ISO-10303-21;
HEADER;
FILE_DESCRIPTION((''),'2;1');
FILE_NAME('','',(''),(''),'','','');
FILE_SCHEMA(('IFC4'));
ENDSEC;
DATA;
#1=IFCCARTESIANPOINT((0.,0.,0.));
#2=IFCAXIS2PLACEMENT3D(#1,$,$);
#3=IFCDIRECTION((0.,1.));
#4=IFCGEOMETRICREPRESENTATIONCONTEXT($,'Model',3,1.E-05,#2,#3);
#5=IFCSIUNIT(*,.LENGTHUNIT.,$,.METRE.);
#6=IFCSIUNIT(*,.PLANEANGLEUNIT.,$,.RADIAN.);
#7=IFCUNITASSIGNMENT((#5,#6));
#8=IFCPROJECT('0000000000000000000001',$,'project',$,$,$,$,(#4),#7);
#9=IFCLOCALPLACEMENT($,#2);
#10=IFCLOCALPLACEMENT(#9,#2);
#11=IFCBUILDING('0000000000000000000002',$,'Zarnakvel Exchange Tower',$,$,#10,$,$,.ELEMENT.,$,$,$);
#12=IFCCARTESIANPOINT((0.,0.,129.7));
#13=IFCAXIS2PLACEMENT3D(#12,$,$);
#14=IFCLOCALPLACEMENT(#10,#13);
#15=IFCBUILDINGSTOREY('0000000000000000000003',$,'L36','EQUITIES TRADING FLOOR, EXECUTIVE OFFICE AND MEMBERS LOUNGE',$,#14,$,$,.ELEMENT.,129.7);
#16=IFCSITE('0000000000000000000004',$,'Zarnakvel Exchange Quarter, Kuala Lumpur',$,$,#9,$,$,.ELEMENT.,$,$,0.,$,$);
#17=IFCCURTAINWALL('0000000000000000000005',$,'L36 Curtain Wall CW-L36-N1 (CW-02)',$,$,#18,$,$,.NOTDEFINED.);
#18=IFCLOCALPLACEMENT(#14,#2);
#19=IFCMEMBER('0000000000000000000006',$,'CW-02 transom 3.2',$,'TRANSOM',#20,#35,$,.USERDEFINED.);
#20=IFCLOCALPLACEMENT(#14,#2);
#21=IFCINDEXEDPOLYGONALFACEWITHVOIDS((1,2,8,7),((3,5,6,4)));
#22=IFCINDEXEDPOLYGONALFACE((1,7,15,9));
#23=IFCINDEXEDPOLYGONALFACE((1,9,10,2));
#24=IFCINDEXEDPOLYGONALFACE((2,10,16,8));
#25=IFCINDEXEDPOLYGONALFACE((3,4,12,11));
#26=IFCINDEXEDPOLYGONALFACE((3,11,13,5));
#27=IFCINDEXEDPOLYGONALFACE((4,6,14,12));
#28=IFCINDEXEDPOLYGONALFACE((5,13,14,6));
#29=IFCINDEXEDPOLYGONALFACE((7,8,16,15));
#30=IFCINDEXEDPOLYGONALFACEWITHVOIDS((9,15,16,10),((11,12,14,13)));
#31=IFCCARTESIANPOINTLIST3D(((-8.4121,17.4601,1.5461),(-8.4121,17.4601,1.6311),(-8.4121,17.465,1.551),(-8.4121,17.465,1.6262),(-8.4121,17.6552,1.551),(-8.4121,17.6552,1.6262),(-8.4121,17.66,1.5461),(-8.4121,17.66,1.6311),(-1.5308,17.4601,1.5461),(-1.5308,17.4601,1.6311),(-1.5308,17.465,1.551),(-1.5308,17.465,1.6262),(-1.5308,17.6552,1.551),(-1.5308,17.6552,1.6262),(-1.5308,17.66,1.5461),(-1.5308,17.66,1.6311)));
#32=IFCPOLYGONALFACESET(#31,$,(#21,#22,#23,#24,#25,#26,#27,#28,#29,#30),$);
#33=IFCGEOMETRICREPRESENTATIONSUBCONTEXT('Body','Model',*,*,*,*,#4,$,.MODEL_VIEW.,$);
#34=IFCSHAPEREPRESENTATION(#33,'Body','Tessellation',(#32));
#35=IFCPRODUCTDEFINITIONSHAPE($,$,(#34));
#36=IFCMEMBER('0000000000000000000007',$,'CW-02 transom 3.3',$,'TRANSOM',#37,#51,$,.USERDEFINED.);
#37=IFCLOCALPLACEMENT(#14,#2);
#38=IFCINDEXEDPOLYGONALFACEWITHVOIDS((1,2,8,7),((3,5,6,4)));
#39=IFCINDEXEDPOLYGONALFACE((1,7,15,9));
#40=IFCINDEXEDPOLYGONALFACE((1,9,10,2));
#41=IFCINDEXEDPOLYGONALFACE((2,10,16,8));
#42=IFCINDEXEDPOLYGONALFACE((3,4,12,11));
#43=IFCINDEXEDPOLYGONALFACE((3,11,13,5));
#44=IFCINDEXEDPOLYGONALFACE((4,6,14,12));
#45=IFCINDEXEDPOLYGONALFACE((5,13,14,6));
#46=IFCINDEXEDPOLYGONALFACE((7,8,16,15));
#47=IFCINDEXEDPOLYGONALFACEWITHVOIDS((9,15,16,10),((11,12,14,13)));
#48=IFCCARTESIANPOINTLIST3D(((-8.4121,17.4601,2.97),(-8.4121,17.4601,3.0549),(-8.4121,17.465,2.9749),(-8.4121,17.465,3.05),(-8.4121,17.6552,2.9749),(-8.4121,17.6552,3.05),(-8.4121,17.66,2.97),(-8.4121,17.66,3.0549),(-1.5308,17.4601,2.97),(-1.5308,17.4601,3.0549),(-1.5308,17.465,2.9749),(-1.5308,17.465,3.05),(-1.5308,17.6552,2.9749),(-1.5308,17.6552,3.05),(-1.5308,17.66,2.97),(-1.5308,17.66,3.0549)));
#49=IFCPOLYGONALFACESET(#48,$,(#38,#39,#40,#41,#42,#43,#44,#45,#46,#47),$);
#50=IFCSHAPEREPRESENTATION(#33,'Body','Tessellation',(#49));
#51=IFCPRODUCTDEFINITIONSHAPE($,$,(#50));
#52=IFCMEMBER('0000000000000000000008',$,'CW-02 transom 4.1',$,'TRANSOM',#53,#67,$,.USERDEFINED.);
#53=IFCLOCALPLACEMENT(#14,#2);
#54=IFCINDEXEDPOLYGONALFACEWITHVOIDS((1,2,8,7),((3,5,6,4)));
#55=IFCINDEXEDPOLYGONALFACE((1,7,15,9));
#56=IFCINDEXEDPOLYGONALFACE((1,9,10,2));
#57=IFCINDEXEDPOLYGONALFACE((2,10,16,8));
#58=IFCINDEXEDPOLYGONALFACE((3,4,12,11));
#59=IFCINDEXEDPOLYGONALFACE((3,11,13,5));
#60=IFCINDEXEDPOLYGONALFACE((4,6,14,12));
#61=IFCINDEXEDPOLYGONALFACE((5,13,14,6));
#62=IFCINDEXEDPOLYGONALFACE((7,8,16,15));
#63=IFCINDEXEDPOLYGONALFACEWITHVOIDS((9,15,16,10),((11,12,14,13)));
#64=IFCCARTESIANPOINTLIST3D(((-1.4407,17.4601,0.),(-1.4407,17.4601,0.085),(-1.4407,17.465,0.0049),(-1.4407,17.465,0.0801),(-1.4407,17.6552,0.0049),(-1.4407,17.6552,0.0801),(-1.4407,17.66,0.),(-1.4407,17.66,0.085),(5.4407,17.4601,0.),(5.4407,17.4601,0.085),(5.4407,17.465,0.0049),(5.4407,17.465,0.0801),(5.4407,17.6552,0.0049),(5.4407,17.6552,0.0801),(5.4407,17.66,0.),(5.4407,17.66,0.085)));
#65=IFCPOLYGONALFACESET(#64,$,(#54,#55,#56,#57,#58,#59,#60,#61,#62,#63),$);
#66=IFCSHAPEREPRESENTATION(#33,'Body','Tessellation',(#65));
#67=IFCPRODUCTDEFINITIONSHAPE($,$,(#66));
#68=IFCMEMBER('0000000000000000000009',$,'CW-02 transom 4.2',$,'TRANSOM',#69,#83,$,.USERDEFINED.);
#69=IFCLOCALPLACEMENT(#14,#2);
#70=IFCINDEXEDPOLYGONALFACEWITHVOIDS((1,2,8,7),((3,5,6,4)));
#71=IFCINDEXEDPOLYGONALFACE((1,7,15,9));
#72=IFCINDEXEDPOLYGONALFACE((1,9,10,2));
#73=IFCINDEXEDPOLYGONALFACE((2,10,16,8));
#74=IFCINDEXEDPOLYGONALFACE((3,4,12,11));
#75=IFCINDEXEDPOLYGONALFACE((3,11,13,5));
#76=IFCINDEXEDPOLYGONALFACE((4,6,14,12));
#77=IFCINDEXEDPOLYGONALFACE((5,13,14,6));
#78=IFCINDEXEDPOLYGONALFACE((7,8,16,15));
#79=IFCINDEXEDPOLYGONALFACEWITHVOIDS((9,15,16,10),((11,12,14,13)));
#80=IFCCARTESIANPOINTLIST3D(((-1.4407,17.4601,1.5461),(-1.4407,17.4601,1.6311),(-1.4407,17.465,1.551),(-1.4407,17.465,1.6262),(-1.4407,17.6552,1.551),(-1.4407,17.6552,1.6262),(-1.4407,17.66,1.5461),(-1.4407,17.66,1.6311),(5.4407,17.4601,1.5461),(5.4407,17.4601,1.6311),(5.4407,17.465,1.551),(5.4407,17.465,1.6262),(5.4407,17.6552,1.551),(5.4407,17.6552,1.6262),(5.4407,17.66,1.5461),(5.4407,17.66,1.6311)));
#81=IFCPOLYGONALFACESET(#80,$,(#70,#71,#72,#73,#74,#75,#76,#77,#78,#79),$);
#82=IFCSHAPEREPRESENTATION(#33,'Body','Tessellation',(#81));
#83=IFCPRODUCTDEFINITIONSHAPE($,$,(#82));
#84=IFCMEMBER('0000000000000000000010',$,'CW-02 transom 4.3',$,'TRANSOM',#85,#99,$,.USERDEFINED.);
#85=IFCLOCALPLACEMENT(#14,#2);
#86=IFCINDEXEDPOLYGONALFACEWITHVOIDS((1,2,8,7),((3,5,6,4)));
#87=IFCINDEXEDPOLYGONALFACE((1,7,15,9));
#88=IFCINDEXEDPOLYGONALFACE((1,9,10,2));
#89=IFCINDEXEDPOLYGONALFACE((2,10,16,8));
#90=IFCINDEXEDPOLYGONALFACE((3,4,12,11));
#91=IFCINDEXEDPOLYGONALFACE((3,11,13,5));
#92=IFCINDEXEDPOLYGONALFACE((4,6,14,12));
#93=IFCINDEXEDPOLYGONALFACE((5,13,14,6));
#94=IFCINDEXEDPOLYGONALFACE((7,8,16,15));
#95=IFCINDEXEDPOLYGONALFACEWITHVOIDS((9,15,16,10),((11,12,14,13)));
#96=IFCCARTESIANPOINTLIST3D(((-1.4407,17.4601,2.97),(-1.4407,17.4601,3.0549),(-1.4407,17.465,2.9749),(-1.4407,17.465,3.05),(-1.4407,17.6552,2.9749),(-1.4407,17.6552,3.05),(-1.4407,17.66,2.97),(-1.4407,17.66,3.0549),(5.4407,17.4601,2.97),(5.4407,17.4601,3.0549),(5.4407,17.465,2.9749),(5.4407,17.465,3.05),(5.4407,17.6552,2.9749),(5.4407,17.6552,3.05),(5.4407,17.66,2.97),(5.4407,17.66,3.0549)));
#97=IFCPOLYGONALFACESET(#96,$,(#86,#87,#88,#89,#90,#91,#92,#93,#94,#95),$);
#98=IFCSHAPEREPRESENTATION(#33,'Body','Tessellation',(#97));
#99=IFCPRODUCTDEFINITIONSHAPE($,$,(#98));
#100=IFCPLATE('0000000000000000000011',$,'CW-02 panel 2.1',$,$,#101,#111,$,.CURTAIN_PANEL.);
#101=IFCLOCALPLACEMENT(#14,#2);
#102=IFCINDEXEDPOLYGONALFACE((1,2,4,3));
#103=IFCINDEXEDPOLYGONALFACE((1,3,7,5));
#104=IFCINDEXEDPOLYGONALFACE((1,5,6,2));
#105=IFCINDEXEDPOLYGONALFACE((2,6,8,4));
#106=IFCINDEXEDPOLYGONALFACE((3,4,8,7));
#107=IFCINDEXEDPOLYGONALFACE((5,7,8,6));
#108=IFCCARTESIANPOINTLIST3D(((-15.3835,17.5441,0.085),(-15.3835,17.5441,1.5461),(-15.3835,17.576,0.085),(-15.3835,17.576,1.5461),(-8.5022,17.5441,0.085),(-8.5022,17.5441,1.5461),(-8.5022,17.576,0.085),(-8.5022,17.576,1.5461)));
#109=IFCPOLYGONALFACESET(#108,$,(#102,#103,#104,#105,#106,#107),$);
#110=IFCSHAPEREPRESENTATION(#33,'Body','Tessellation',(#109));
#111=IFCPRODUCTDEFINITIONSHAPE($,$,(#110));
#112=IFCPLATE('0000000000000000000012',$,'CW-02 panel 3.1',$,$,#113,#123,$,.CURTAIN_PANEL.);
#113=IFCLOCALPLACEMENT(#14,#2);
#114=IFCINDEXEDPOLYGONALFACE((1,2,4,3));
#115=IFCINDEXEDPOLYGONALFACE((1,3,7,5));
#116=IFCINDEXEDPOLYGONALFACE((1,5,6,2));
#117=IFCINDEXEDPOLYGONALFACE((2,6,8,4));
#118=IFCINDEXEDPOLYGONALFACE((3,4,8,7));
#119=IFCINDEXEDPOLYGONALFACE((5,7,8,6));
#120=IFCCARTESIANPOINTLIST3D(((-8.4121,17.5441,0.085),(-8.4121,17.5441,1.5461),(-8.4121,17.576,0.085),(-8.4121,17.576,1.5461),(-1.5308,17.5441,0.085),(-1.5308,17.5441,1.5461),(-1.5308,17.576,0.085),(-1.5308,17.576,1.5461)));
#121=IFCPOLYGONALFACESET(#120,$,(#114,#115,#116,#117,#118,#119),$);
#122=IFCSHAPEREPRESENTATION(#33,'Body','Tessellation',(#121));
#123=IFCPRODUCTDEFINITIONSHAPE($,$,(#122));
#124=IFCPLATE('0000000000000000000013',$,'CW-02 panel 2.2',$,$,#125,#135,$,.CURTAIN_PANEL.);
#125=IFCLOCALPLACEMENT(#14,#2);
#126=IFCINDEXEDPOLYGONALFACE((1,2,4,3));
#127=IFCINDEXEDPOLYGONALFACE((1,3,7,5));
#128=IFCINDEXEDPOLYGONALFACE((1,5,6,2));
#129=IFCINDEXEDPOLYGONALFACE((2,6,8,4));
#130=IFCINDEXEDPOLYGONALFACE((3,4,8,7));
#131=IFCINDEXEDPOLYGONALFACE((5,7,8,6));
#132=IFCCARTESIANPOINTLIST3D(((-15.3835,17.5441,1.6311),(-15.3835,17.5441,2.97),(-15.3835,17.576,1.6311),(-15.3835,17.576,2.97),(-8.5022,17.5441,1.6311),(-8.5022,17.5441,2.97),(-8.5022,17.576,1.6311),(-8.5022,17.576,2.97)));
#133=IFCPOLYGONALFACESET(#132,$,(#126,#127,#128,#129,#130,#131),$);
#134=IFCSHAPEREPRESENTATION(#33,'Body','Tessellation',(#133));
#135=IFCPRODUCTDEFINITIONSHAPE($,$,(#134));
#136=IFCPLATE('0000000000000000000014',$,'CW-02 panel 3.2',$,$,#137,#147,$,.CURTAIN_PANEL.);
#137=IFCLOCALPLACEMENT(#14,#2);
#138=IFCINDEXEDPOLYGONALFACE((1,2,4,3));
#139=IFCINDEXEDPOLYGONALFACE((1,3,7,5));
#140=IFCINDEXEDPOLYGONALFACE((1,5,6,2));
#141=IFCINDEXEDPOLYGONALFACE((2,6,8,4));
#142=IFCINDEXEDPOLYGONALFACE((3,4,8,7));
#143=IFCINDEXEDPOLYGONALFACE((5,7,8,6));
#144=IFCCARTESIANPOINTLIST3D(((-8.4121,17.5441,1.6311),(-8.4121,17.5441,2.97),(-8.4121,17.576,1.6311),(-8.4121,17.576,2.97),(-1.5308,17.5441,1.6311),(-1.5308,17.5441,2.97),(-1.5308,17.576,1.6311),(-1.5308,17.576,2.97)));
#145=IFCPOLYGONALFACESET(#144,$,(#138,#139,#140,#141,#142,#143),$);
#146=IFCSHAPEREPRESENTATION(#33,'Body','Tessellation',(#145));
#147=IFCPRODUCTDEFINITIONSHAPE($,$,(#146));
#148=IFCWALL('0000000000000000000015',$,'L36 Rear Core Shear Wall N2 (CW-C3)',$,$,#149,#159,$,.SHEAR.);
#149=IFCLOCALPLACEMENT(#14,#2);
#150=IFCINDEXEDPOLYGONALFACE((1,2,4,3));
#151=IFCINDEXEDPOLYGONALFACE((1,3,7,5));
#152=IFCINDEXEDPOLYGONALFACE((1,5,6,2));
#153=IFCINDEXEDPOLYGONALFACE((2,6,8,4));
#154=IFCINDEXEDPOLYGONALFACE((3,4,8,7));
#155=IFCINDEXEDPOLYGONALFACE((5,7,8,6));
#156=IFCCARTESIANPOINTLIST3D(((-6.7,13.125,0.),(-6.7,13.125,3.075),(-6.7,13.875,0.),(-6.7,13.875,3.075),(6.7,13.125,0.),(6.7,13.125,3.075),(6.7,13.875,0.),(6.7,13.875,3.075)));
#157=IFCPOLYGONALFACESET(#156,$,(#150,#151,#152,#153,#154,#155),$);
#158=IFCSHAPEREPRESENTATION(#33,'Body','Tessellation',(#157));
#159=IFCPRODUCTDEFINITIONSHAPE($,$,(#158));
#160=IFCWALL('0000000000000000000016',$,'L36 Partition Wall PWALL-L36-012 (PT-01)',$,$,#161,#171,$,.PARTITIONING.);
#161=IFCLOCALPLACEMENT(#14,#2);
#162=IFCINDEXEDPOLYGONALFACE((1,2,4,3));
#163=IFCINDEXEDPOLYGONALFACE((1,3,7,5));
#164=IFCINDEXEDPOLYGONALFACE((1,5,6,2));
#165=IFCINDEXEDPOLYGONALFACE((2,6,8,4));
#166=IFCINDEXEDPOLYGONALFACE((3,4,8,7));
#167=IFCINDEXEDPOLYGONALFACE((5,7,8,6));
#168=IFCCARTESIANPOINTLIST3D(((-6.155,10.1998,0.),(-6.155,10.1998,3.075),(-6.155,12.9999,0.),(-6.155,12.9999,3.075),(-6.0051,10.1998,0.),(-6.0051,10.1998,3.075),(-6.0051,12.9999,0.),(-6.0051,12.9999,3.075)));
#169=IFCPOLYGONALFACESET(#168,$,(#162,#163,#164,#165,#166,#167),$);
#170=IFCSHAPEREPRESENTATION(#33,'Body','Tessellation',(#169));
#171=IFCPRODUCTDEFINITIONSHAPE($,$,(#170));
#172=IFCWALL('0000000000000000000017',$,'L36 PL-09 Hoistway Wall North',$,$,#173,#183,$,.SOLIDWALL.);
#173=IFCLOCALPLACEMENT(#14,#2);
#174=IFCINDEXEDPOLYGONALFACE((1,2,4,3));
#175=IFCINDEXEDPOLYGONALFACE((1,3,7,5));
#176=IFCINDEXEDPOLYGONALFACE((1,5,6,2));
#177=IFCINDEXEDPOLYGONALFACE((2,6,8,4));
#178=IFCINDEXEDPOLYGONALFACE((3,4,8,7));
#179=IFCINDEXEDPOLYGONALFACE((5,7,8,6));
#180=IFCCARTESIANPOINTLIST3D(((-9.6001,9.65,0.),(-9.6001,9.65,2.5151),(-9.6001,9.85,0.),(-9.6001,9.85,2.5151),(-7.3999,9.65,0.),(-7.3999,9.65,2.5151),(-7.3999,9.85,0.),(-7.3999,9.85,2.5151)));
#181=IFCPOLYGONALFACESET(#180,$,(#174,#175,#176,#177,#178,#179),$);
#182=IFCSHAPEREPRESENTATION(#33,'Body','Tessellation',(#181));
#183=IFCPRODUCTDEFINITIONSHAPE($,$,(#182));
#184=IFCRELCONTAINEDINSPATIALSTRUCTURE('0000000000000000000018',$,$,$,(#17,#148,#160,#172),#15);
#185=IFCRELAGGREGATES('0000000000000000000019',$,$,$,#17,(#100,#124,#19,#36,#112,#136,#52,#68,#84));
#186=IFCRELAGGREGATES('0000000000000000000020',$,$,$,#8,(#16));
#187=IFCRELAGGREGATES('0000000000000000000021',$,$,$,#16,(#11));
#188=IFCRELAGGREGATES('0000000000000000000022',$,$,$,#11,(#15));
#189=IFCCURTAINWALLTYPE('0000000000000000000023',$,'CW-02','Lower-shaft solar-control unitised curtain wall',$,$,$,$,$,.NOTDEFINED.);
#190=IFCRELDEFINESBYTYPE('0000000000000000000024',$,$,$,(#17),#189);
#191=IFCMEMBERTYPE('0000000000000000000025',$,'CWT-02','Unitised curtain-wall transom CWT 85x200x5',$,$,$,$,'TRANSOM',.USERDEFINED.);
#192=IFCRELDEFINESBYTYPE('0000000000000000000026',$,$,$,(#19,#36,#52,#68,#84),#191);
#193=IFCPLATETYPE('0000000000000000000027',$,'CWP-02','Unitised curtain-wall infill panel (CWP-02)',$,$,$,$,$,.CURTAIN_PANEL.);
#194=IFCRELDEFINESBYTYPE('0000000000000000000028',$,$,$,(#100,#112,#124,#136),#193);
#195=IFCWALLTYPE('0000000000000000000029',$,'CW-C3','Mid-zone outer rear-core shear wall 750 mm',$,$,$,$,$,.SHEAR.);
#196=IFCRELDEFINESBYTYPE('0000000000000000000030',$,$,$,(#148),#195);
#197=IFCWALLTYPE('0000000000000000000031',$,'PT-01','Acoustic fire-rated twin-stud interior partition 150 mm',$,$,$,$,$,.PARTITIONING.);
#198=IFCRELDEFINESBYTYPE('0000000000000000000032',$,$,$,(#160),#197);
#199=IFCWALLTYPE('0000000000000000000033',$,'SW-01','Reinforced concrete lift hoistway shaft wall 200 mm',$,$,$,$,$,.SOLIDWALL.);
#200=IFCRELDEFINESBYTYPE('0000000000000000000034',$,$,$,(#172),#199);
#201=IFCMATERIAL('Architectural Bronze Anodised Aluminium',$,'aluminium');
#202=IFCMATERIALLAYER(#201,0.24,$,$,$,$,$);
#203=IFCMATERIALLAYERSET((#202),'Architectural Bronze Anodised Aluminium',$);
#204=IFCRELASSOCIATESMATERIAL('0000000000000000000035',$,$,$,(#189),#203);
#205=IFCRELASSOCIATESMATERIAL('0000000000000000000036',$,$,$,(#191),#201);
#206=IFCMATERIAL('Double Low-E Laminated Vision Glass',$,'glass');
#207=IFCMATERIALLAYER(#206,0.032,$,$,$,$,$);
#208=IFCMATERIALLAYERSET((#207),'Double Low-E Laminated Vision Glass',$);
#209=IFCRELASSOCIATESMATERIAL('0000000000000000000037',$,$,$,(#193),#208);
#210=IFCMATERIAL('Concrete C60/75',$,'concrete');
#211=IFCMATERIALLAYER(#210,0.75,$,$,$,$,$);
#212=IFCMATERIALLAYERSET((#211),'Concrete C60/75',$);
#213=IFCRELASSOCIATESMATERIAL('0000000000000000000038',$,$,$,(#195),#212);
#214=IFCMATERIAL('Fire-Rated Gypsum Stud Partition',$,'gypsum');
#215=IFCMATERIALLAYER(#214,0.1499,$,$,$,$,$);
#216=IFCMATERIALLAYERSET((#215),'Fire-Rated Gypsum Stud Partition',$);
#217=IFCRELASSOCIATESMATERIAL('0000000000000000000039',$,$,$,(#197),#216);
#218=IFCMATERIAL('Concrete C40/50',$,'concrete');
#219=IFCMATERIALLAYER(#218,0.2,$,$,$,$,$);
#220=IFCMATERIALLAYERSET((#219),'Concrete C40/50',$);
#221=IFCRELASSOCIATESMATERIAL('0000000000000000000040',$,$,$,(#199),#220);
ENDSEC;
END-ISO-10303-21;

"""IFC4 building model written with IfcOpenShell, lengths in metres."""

from ifc_helpers import new_model, si_unit, direction, frame, frame_2d, origin, origin_2d, place, context, subcontext, project, spatial, rectangle, hollow_rectangle, extrude, source, transform, mapped, material, layer, layer_set, material_profile, profile_set, type_object, element, aggregate, save


model = new_model("IFC4")

# Units and contexts
model_context = context("Model", 3, precision=1e-05, world=origin(), true_north=direction((0.0, 1.0)))
body_context = subcontext(model_context, "Body", "Model", "MODEL_VIEW")
ifc_project = project(units=[si_unit("LENGTHUNIT", "METRE"), si_unit("PLANEANGLEUNIT", "RADIAN")], contexts=[model_context])

# Site, building, storey
site_placement = place(None, origin())
site = spatial("IfcSite", under=ifc_project, at=site_placement, Name="Zarnakvel Exchange Quarter, Kuala Lumpur", CompositionType="ELEMENT", RefElevation=0.0)
building_placement = place(site_placement, origin())
building = spatial("IfcBuilding", under=site, at=building_placement, Name="Zarnakvel Exchange Tower", CompositionType="ELEMENT")
storey_placement = place(building_placement, frame((0.0, 0.0, 129.7)))
storey = spatial("IfcBuildingStorey", under=building, at=storey_placement, Name="L36", Description="EQUITIES TRADING FLOOR, EXECUTIVE OFFICE AND MEMBERS LOUNGE", CompositionType="ELEMENT", Elevation=129.7)

# Shared definitions
ifc_material_1 = material(Name="Concrete C60/75", Category="concrete")

# Curtain wall, members, plates
ifc_material_2 = material(Name="Architectural Bronze Anodised Aluminium", Category="aluminium")
ifc_layer_1 = layer(ifc_material_2, 0.24)
ifc_layer_set_1 = layer_set([ifc_layer_1], Name="Architectural Bronze Anodised Aluminium")
curtain_wall_type = type_object("IfcCurtainWallType", Name="CW-02", Description="Lower-shaft solar-control unitised curtain wall", PredefinedType="NOTDEFINED", material=ifc_layer_set_1)
curtain_wall_placement = place(storey_placement, origin())
curtain_wall = element("IfcCurtainWall", 1, at=curtain_wall_placement, inside=storey, type_object=curtain_wall_type, Name="L36 Curtain Wall CW-L36-N1 (CW-02)", PredefinedType="NOTDEFINED")
ifc_material_profile_1 = material_profile(ifc_material_2, hollow_rectangle(XDim=0.2, YDim=0.085, WallThickness=0.0049, at=origin_2d()))
ifc_profile_set_1 = profile_set([ifc_material_profile_1], Name="Architectural Bronze Anodised Aluminium")
member_type_1 = type_object("IfcMemberType", Name="CWT-02", Description="Unitised curtain-wall transom CWT 85x200x5", ElementType="TRANSOM", PredefinedType="USERDEFINED", material=ifc_profile_set_1)
shared_shape_1 = source(origin(), body_context, "Body", "SweptSolid", [
    extrude(hollow_rectangle(XDim=0.2, YDim=0.085, WallThickness=0.0049, at=origin_2d()), origin(), (0.0, 0.0, 1.0), 6.8813),
])
member_1_placement = place(storey_placement, frame((-8.4121, 17.5601, 1.5886), z_axis=(1.0, 0.0, 0.0), x_axis=(0.0, 1.0, 0.0)))
member_1 = element("IfcMember", 2, at=member_1_placement, type_object=member_type_1, Name="CW-02 transom 3.2", ObjectType="TRANSOM", PredefinedType="USERDEFINED", context=body_context, shape_type="MappedRepresentation", body=[
    mapped(shared_shape_1, transform((0.0, 0.0, 0.0), x_axis=(1.0, 0.0, 0.0), y_axis=(0.0, 1.0, 0.0), z_axis=(0.0, 0.0, 1.0), scale=1.0)),
])
member_2_placement = place(storey_placement, frame((-8.4121, 17.5601, 3.0125), z_axis=(1.0, 0.0, 0.0), x_axis=(0.0, 1.0, 0.0)))
member_2 = element("IfcMember", 3, at=member_2_placement, type_object=member_type_1, Name="CW-02 transom 3.3", ObjectType="TRANSOM", PredefinedType="USERDEFINED", context=body_context, shape_type="MappedRepresentation", body=[
    mapped(shared_shape_1, transform((0.0, 0.0, 0.0), x_axis=(1.0, 0.0, 0.0), y_axis=(0.0, 1.0, 0.0), z_axis=(0.0, 0.0, 1.0), scale=1.0)),
])
member_3_placement = place(storey_placement, frame((-1.4407, 17.5601, 0.0425), z_axis=(1.0, 0.0, 0.0), x_axis=(0.0, 1.0, 0.0)))
member_3 = element("IfcMember", 4, at=member_3_placement, type_object=member_type_1, Name="CW-02 transom 4.1", ObjectType="TRANSOM", PredefinedType="USERDEFINED", context=body_context, shape_type="MappedRepresentation", body=[
    mapped(shared_shape_1, transform((0.0, 0.0, 0.0), x_axis=(1.0, 0.0, 0.0), y_axis=(0.0, 1.0, 0.0), z_axis=(0.0, 0.0, 1.0), scale=1.0)),
])
member_4_placement = place(storey_placement, frame((-1.4407, 17.5601, 1.5886), z_axis=(1.0, 0.0, 0.0), x_axis=(0.0, 1.0, 0.0)))
member_4 = element("IfcMember", 5, at=member_4_placement, type_object=member_type_1, Name="CW-02 transom 4.2", ObjectType="TRANSOM", PredefinedType="USERDEFINED", context=body_context, shape_type="MappedRepresentation", body=[
    mapped(shared_shape_1, transform((0.0, 0.0, 0.0), x_axis=(1.0, 0.0, 0.0), y_axis=(0.0, 1.0, 0.0), z_axis=(0.0, 0.0, 1.0), scale=1.0)),
])
member_5_placement = place(storey_placement, frame((-1.4407, 17.5601, 3.0125), z_axis=(1.0, 0.0, 0.0), x_axis=(0.0, 1.0, 0.0)))
member_5 = element("IfcMember", 6, at=member_5_placement, type_object=member_type_1, Name="CW-02 transom 4.3", ObjectType="TRANSOM", PredefinedType="USERDEFINED", context=body_context, shape_type="MappedRepresentation", body=[
    mapped(shared_shape_1, transform((0.0, 0.0, 0.0), x_axis=(1.0, 0.0, 0.0), y_axis=(0.0, 1.0, 0.0), z_axis=(0.0, 0.0, 1.0), scale=1.0)),
])
ifc_material_3 = material(Name="Double Low-E Laminated Vision Glass", Category="glass")
ifc_layer_2 = layer(ifc_material_3, 0.032)
ifc_layer_set_2 = layer_set([ifc_layer_2], Name="Double Low-E Laminated Vision Glass")
plate_type = type_object("IfcPlateType", Name="CWP-02", Description="Unitised curtain-wall infill panel (CWP-02)", PredefinedType="CURTAIN_PANEL", material=ifc_layer_set_2)
shared_shape_2 = source(origin(), body_context, "Body", "SweptSolid", [
    extrude(rectangle(XDim=6.8813, YDim=0.032, at=origin_2d()), origin(), (0.0, 0.0, 1.0), 1.4612),
])
plate_1_placement = place(storey_placement, frame((-11.9429, 17.5601, 0.085), z_axis=(0.0, 0.0, 1.0), x_axis=(1.0, 0.0, 0.0)))
plate_1 = element("IfcPlate", 7, at=plate_1_placement, type_object=plate_type, Name="CW-02 panel 2.1", PredefinedType="CURTAIN_PANEL", context=body_context, shape_type="MappedRepresentation", body=[
    mapped(shared_shape_2, transform((0.0, 0.0, 0.0), x_axis=(1.0, 0.0, 0.0), y_axis=(0.0, 1.0, 0.0), z_axis=(0.0, 0.0, 1.0), scale=1.0)),
])
plate_2_placement = place(storey_placement, frame((-4.9714, 17.5601, 0.085), z_axis=(0.0, 0.0, 1.0), x_axis=(1.0, 0.0, 0.0)))
plate_2 = element("IfcPlate", 8, at=plate_2_placement, type_object=plate_type, Name="CW-02 panel 3.1", PredefinedType="CURTAIN_PANEL", context=body_context, shape_type="MappedRepresentation", body=[
    mapped(shared_shape_2, transform((0.0, 0.0, 0.0), x_axis=(1.0, 0.0, 0.0), y_axis=(0.0, 1.0, 0.0), z_axis=(0.0, 0.0, 1.0), scale=1.0)),
])
shared_shape_3 = source(origin(), body_context, "Body", "SweptSolid", [
    extrude(rectangle(XDim=6.8813, YDim=0.032, at=origin_2d()), origin(), (0.0, 0.0, 1.0), 1.3389),
])
plate_3_placement = place(storey_placement, frame((-11.9429, 17.5601, 1.6311), z_axis=(0.0, 0.0, 1.0), x_axis=(1.0, 0.0, 0.0)))
plate_3 = element("IfcPlate", 9, at=plate_3_placement, type_object=plate_type, Name="CW-02 panel 2.2", PredefinedType="CURTAIN_PANEL", context=body_context, shape_type="MappedRepresentation", body=[
    mapped(shared_shape_3, transform((0.0, 0.0, 0.0), x_axis=(1.0, 0.0, 0.0), y_axis=(0.0, 1.0, 0.0), z_axis=(0.0, 0.0, 1.0), scale=1.0)),
])
plate_4_placement = place(storey_placement, frame((-4.9714, 17.5601, 1.6311), z_axis=(0.0, 0.0, 1.0), x_axis=(1.0, 0.0, 0.0)))
plate_4 = element("IfcPlate", 10, at=plate_4_placement, type_object=plate_type, Name="CW-02 panel 3.2", PredefinedType="CURTAIN_PANEL", context=body_context, shape_type="MappedRepresentation", body=[
    mapped(shared_shape_3, transform((0.0, 0.0, 0.0), x_axis=(1.0, 0.0, 0.0), y_axis=(0.0, 1.0, 0.0), z_axis=(0.0, 0.0, 1.0), scale=1.0)),
])
aggregate(curtain_wall, [plate_1, plate_3, member_1, member_2, plate_2, plate_4, member_3, member_4, member_5])

# Walls
ifc_layer_3 = layer(ifc_material_1, 0.75)
ifc_layer_set_3 = layer_set([ifc_layer_3], Name="Concrete C60/75")
wall_type_1 = type_object("IfcWallType", Name="CW-C3", Description="Mid-zone outer rear-core shear wall 750 mm", PredefinedType="SHEAR", material=ifc_layer_set_3)
wall_1_placement = place(storey_placement, frame((-6.7, 13.5, 0.0), z_axis=(0.0, 0.0, 1.0), x_axis=(1.0, 0.0, 0.0)))
element("IfcWall", 11, at=wall_1_placement, inside=storey, type_object=wall_type_1, Name="L36 Rear Core Shear Wall N2 (CW-C3)", PredefinedType="SHEAR", context=body_context, shape_type="SweptSolid", body=[
    extrude(rectangle(XDim=13.3999, YDim=0.75, at=frame_2d((6.7, 0.0))), origin(), (0.0, 0.0, 1.0), 3.075),
])
ifc_material_4 = material(Name="Fire-Rated Gypsum Stud Partition", Category="gypsum")
ifc_layer_4 = layer(ifc_material_4, 0.1499)
ifc_layer_set_4 = layer_set([ifc_layer_4], Name="Fire-Rated Gypsum Stud Partition")
wall_type_2 = type_object("IfcWallType", Name="PT-01", Description="Acoustic fire-rated twin-stud interior partition 150 mm", PredefinedType="PARTITIONING", material=ifc_layer_set_4)
wall_2_placement = place(storey_placement, frame((-6.0801, 10.2, 0.0), z_axis=(0.0, 0.0, 1.0), x_axis=(0.0, 1.0, 0.0)))
element("IfcWall", 12, at=wall_2_placement, inside=storey, type_object=wall_type_2, Name="L36 Partition Wall PWALL-L36-012 (PT-01)", PredefinedType="PARTITIONING", context=body_context, shape_type="SweptSolid", body=[
    extrude(rectangle(XDim=2.8, YDim=0.1499, at=frame_2d((1.3999, 0.0))), origin(), (0.0, 0.0, 1.0), 3.075),
])
ifc_material_5 = material(Name="Concrete C40/50", Category="concrete")
ifc_layer_5 = layer(ifc_material_5, 0.2)
ifc_layer_set_5 = layer_set([ifc_layer_5], Name="Concrete C40/50")
wall_type_3 = type_object("IfcWallType", Name="SW-01", Description="Reinforced concrete lift hoistway shaft wall 200 mm", PredefinedType="SOLIDWALL", material=ifc_layer_set_5)
wall_3_placement = place(storey_placement, frame((-9.6001, 9.75, 0.0), z_axis=(0.0, 0.0, 1.0), x_axis=(1.0, 0.0, 0.0)))
element("IfcWall", 13, at=wall_3_placement, inside=storey, type_object=wall_type_3, Name="L36 PL-09 Hoistway Wall North", PredefinedType="SOLIDWALL", context=body_context, shape_type="SweptSolid", body=[
    extrude(rectangle(XDim=2.2002, YDim=0.2, at=frame_2d((1.1001, 0.0))), origin(), (0.0, 0.0, 1.0), 2.5151),
])

save(model, "model.ifc")
